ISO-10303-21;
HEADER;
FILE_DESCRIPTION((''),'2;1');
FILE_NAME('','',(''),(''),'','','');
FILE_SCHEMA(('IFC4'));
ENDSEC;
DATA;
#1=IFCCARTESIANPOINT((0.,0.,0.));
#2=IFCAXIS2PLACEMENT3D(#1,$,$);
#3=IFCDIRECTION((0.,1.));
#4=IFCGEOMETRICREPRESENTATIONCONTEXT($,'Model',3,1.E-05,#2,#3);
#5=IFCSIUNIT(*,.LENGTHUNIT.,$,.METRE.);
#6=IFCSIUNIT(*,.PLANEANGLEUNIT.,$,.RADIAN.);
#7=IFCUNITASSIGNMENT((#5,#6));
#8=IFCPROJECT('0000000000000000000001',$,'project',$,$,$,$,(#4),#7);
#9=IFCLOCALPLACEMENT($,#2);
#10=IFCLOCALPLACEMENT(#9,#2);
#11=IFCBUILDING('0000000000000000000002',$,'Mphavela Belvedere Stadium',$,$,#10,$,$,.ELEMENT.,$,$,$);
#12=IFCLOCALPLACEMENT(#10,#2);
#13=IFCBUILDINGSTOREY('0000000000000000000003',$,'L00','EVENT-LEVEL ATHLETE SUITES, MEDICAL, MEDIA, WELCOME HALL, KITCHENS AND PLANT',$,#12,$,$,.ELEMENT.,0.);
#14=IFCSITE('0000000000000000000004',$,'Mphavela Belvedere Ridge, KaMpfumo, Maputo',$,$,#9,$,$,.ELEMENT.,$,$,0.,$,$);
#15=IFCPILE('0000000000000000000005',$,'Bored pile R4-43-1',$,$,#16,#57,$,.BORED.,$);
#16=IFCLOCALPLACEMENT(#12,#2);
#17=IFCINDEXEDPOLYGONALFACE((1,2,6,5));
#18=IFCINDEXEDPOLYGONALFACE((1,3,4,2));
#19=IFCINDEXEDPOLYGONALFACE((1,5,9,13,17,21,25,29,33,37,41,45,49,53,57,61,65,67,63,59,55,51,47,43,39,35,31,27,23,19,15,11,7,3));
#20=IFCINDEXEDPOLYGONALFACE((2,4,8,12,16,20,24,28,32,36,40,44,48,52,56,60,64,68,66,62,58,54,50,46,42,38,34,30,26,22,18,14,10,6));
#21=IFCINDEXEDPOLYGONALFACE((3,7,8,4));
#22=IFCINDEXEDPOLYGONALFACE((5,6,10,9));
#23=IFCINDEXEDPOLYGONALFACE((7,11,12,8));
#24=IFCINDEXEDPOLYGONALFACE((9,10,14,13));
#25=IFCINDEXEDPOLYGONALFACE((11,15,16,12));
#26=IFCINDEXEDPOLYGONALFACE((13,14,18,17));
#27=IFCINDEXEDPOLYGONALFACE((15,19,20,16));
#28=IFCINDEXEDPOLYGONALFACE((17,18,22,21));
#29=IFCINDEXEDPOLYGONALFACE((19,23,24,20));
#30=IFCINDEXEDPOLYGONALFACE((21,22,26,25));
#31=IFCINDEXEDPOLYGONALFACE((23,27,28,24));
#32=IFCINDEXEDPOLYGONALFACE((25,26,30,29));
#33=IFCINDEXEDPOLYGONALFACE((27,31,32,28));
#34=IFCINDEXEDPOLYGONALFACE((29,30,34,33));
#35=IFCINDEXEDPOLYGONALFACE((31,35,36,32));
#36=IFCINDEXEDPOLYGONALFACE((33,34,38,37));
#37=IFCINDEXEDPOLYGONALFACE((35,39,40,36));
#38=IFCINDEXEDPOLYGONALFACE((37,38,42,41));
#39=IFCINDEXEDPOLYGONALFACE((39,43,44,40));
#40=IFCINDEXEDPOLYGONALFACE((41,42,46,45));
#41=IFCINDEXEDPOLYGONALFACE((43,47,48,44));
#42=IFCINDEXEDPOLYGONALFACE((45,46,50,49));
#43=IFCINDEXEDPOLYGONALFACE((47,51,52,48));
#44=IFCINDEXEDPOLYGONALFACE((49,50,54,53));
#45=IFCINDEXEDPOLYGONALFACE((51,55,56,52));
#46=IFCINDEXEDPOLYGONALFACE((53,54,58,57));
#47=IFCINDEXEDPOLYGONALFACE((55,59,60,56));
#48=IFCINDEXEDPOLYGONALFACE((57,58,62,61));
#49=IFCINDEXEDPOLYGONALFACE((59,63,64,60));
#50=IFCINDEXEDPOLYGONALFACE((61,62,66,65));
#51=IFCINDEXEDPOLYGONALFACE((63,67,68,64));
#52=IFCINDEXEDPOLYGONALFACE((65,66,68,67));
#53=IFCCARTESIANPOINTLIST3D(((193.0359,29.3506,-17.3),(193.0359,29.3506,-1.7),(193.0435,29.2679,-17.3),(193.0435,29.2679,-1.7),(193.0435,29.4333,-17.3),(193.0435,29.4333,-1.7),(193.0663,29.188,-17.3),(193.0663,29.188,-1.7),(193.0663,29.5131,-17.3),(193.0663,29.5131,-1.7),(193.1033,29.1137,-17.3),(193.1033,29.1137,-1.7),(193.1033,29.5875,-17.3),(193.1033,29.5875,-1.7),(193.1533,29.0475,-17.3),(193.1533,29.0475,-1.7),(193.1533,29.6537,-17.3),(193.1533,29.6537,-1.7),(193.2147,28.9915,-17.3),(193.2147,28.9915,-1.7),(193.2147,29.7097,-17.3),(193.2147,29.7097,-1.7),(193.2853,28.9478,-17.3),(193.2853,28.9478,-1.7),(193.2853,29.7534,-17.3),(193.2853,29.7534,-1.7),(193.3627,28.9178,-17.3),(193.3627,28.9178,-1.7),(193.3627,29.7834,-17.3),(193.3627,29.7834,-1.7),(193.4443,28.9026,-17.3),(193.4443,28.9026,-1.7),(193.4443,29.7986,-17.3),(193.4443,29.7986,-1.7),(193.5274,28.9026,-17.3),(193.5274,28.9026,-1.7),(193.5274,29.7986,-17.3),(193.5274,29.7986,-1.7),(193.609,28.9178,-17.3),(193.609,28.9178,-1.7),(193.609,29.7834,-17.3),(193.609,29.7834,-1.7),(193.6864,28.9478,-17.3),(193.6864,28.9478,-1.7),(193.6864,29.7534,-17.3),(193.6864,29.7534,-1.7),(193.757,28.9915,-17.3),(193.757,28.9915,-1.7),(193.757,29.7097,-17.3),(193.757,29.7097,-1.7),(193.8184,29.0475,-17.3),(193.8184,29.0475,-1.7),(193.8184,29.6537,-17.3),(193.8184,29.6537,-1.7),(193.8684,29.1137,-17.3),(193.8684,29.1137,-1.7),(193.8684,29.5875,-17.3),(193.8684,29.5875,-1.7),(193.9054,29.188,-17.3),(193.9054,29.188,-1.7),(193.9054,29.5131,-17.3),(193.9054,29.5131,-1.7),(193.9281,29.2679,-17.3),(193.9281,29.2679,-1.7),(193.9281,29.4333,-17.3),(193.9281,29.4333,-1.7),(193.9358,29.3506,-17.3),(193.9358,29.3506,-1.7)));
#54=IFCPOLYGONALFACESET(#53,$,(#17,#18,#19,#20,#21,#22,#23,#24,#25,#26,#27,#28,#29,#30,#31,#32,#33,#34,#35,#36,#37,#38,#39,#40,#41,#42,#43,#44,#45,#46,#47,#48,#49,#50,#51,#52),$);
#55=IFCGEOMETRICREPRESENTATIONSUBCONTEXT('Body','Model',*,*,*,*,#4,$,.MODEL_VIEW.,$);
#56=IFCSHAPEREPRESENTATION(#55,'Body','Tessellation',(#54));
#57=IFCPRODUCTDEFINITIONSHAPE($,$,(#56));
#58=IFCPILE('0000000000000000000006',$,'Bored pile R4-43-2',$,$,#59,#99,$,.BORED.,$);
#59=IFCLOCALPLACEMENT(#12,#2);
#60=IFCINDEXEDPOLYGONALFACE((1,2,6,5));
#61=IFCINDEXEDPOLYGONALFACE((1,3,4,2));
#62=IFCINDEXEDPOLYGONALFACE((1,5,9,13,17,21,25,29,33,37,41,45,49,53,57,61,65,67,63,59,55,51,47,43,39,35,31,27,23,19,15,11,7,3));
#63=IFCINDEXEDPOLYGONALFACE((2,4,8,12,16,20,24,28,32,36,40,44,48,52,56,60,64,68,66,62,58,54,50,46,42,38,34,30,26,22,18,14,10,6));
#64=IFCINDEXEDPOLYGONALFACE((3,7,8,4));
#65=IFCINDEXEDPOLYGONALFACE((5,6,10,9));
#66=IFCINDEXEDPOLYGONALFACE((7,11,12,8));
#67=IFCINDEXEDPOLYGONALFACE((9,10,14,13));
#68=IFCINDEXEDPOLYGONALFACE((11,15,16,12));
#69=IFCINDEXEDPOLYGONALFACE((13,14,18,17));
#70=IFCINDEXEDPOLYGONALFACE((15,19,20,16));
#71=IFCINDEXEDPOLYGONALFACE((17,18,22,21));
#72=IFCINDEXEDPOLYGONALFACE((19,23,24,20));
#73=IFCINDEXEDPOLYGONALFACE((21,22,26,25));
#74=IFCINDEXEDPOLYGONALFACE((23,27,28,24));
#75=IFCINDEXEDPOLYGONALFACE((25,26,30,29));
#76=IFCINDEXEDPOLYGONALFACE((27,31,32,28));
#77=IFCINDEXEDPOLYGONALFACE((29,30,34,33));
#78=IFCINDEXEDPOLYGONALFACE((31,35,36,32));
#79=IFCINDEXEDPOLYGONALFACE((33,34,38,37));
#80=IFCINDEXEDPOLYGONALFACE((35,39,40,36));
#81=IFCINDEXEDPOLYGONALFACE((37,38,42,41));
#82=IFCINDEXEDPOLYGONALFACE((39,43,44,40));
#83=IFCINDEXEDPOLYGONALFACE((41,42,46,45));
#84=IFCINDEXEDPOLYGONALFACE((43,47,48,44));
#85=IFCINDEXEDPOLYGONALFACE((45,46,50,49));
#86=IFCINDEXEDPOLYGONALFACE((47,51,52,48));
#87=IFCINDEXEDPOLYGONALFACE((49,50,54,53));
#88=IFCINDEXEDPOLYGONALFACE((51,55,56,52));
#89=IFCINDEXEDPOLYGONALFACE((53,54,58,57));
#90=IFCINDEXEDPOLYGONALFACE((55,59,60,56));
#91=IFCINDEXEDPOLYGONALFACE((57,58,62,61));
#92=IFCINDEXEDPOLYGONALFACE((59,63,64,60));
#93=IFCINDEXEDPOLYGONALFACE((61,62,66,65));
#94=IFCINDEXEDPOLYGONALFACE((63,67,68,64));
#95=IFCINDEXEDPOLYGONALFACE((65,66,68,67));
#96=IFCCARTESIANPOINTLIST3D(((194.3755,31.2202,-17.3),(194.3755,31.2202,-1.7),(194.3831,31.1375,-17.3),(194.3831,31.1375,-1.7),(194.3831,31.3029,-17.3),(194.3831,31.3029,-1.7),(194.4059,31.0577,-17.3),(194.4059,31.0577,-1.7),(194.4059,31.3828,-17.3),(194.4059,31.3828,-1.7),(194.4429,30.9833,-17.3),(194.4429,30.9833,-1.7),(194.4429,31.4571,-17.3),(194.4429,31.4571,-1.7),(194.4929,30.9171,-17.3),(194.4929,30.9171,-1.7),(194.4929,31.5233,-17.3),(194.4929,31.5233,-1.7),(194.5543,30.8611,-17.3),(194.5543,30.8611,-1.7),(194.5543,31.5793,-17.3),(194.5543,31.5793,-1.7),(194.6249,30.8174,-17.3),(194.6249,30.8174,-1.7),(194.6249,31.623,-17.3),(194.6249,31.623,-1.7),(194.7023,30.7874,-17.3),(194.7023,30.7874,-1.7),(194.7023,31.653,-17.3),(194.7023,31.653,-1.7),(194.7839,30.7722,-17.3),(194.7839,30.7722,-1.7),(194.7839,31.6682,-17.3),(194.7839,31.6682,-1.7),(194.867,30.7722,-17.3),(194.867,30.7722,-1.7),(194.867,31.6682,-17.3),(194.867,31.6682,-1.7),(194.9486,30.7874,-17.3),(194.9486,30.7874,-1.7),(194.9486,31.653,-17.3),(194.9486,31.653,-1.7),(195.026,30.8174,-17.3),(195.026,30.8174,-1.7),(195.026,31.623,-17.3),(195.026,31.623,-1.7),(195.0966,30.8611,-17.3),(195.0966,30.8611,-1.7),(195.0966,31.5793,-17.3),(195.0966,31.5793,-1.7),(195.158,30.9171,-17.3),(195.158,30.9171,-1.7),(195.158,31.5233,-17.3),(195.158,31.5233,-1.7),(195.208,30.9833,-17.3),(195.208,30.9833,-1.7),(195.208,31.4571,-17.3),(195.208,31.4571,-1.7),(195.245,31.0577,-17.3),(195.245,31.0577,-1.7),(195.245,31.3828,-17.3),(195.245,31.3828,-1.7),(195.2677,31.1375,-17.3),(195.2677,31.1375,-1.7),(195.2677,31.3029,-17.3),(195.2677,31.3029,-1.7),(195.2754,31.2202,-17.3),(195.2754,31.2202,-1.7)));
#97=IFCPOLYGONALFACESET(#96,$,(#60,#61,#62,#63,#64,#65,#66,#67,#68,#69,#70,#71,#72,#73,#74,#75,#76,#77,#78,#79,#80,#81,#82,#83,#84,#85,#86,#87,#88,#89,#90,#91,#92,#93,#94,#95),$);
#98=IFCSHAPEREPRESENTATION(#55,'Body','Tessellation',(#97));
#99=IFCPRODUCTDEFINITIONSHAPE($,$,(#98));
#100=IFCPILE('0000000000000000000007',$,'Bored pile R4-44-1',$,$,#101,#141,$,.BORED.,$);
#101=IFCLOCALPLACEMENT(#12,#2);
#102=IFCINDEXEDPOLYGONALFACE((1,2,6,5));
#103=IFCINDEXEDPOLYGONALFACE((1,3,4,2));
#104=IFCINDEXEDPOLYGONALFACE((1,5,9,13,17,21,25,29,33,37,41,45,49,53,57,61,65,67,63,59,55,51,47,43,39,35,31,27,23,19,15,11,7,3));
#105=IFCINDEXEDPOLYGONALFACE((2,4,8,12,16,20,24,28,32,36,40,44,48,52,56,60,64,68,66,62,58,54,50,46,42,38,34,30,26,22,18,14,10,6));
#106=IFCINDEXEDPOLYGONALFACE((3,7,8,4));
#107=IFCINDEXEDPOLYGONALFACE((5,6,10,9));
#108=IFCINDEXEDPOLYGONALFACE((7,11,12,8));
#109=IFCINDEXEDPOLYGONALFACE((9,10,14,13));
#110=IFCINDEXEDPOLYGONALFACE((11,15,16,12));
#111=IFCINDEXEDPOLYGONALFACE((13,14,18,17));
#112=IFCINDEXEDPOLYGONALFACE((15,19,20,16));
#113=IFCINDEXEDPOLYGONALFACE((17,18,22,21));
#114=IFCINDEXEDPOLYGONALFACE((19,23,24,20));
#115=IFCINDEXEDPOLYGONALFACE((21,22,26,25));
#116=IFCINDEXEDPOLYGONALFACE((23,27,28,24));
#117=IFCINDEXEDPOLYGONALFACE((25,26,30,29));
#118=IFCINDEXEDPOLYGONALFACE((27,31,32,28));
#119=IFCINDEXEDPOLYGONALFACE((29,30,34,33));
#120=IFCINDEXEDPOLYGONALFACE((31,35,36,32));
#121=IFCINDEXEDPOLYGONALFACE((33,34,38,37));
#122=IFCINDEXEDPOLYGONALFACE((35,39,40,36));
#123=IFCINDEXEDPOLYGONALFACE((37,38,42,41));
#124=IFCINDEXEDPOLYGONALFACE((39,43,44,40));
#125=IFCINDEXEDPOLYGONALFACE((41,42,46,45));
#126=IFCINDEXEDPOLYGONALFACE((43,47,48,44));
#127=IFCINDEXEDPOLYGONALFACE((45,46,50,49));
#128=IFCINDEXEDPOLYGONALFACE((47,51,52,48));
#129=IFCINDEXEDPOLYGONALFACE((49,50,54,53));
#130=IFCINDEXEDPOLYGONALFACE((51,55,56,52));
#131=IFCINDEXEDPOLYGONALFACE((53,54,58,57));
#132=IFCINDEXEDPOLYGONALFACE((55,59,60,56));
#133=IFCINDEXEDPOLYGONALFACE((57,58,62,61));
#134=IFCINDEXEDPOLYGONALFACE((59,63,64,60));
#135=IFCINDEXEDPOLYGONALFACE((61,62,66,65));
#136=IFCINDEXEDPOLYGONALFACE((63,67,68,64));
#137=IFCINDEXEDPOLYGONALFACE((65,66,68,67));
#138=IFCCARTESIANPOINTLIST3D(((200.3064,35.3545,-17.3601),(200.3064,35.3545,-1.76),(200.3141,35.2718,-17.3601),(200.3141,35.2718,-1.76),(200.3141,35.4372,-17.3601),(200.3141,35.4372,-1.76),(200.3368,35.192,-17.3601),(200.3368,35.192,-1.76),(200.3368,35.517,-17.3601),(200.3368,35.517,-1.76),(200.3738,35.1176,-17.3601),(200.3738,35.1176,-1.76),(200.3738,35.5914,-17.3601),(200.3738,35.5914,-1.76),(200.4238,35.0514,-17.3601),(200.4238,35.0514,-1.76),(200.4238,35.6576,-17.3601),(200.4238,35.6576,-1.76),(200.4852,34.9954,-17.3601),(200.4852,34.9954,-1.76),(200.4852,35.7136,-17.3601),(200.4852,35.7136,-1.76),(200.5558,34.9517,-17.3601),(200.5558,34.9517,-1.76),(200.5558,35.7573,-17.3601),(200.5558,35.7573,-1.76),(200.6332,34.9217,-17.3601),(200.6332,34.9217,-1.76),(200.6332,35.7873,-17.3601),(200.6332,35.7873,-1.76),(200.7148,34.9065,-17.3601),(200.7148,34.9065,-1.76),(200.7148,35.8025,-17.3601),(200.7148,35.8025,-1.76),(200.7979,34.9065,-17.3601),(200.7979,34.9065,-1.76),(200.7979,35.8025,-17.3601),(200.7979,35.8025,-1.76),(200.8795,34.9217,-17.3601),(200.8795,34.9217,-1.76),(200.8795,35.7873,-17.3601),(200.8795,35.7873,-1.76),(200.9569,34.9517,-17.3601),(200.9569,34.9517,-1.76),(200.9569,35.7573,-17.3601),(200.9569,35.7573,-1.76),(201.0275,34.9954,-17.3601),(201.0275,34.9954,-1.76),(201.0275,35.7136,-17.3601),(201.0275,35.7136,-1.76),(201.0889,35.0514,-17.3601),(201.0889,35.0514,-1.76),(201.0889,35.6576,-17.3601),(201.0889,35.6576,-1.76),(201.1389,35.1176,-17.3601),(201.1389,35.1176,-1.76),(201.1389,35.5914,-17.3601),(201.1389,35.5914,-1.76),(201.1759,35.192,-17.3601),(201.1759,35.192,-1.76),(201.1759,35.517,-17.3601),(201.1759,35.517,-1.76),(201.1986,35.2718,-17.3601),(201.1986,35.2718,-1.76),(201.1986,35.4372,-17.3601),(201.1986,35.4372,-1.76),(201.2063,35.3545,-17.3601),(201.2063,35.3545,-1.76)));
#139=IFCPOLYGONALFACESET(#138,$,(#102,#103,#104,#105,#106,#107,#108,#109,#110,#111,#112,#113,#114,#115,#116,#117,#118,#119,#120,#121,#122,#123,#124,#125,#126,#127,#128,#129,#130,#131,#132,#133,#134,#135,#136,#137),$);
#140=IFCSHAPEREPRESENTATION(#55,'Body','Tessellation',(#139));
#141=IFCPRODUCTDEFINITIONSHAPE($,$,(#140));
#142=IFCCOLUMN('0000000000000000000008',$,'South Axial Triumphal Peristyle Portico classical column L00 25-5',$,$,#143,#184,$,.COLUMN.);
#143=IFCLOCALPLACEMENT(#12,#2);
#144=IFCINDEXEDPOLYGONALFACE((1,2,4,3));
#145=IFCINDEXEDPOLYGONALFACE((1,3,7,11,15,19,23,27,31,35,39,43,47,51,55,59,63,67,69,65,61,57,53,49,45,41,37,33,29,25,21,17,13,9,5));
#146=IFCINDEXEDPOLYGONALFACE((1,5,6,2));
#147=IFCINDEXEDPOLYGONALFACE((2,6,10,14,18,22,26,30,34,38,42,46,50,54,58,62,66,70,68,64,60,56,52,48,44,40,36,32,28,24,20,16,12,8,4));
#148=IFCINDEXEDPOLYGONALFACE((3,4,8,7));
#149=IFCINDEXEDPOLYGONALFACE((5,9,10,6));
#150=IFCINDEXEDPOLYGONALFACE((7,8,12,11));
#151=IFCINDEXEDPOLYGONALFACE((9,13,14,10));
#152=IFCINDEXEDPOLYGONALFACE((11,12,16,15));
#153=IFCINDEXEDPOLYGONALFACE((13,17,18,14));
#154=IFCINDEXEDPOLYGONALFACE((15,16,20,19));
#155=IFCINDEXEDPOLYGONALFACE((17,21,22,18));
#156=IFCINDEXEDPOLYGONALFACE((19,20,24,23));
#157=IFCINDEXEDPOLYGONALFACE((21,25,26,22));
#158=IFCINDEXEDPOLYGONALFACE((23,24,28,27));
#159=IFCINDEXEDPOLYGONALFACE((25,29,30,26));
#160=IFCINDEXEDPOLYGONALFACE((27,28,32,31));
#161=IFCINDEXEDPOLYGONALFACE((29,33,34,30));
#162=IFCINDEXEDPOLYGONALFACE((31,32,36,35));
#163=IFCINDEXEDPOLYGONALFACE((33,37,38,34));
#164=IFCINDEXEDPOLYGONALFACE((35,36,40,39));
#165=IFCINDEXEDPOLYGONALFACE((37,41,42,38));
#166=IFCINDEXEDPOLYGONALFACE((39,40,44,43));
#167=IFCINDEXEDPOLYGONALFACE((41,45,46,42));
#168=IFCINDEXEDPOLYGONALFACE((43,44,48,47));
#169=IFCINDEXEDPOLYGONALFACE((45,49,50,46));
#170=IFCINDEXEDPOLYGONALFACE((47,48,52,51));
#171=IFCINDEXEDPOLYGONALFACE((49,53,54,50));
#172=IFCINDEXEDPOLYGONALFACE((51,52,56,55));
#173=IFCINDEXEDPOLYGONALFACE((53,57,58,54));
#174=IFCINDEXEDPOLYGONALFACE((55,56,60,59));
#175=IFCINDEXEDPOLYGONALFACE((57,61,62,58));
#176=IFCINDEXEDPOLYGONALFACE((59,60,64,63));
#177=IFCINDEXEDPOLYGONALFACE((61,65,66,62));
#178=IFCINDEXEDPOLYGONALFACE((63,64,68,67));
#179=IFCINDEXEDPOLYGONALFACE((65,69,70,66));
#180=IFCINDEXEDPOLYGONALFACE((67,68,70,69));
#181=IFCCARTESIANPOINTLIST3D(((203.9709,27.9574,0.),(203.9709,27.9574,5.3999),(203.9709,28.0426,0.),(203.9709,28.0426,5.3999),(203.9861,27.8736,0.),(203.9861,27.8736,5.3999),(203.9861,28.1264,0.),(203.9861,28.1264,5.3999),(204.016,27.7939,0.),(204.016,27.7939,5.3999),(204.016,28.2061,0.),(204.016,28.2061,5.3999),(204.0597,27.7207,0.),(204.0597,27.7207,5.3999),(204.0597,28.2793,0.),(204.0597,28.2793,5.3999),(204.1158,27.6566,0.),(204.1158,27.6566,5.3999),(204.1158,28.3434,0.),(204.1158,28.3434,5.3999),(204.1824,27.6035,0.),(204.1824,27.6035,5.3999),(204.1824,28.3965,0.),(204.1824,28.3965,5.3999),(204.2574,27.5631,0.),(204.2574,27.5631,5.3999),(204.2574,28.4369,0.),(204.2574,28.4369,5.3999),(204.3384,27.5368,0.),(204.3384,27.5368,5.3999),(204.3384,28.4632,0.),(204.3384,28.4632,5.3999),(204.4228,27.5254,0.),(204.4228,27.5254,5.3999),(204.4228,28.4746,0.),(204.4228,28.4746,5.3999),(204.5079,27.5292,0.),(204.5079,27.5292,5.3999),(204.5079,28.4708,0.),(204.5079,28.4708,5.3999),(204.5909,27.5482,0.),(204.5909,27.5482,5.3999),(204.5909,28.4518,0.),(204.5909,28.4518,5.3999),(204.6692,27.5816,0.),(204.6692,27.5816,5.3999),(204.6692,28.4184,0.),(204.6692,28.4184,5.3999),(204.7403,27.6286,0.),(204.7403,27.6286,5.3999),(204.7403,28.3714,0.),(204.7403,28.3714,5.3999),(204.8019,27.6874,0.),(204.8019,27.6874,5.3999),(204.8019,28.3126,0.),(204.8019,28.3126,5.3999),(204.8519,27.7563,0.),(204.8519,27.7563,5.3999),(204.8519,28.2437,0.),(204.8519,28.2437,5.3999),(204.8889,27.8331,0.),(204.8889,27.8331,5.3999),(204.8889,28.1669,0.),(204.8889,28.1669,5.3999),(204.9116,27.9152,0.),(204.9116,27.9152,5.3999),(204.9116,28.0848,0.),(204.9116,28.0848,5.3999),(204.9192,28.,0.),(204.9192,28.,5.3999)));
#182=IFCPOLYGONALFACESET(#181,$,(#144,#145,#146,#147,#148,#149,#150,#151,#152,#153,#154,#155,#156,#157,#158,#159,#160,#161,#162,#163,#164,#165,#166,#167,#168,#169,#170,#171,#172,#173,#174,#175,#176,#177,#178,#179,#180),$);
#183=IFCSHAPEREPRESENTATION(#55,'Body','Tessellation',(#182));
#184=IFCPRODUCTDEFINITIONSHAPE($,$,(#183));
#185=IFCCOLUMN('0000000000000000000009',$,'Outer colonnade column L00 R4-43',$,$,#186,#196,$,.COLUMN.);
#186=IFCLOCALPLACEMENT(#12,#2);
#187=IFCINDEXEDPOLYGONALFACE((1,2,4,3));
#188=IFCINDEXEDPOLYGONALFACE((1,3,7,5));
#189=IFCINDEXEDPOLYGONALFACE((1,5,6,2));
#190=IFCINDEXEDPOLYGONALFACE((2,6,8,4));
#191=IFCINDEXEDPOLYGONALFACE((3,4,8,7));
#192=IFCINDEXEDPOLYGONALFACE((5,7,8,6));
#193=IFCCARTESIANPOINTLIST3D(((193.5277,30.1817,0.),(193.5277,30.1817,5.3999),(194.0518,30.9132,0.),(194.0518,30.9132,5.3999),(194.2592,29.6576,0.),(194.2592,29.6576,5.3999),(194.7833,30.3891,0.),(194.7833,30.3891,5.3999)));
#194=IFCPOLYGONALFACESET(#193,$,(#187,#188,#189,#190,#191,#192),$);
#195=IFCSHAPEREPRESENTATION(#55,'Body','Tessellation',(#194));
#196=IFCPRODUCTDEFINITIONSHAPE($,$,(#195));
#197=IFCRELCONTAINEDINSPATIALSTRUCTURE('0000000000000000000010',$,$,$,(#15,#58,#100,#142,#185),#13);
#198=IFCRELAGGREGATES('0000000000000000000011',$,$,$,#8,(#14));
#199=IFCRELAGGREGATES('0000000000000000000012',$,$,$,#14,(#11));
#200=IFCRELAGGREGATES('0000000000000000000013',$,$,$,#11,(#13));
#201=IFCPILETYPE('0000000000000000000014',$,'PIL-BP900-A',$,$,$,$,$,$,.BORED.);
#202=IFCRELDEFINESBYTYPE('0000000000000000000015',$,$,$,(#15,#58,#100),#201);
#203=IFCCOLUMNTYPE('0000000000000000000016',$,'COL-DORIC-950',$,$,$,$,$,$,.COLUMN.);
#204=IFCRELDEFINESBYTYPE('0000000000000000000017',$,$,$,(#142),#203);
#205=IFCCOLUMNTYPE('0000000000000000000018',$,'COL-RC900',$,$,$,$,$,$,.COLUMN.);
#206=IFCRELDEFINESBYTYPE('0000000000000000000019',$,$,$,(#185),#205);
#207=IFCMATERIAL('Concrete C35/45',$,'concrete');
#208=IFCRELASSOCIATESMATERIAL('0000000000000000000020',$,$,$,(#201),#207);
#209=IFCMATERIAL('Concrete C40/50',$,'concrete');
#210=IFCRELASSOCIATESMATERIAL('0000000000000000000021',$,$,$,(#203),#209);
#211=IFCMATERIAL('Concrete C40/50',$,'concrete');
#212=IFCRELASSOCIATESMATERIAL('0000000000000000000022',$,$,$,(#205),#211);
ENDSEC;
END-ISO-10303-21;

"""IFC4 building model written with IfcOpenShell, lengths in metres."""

from ifc_helpers import new_model, si_unit, direction, frame, origin, origin_2d, place, context, subcontext, project, spatial, rectangle, circle, extrude, material, material_profile, profile_set, type_object, element, save


model = new_model("IFC4")

# Units and contexts
model_context = context("Model", 3, precision=1e-05, world=origin(), true_north=direction((0.0, 1.0)))
body_context = subcontext(model_context, "Body", "Model", "MODEL_VIEW")
ifc_project = project(units=[si_unit("LENGTHUNIT", "METRE"), si_unit("PLANEANGLEUNIT", "RADIAN")], contexts=[model_context])

# Site, building, storey
site_placement = place(None, origin())
site = spatial("IfcSite", under=ifc_project, at=site_placement, Name="Mphavela Belvedere Ridge, KaMpfumo, Maputo", CompositionType="ELEMENT", RefElevation=0.0)
building_placement = place(site_placement, origin())
building = spatial("IfcBuilding", under=site, at=building_placement, Name="Mphavela Belvedere Stadium", CompositionType="ELEMENT")
storey_placement = place(building_placement, origin())
storey = spatial("IfcBuildingStorey", under=building, at=storey_placement, Name="L00", Description="EVENT-LEVEL ATHLETE SUITES, MEDICAL, MEDIA, WELCOME HALL, KITCHENS AND PLANT", CompositionType="ELEMENT", Elevation=0.0)

# Piles
ifc_material_1 = material(Name="Concrete C35/45", Category="concrete")
ifc_material_profile_1 = material_profile(ifc_material_1, circle(Radius=0.45, at=origin_2d()), Name="BP D900")
ifc_profile_set_1 = profile_set([ifc_material_profile_1], Name="Concrete C35/45")
pile_type_1 = type_object("IfcPileType", Name="PIL-BP900-A", PredefinedType="BORED", material=ifc_profile_set_1)
for number, where, z_axis, x_axis, name in (
    (1, (193.4858, 29.3506, -1.7), (0.0, 0.0, -1.0), (1.0, 0.0, 0.0), "Bored pile R4-43-1"),
    (2, (194.8254, 31.2202, -1.7), (0.0, 0.0, -1.0), (1.0, 0.0, 0.0), "Bored pile R4-43-2"),
    (3, (200.7563, 35.3545, -1.76), (0.0, 0.0, -1.0), (1.0, 0.0, 0.0), "Bored pile R4-44-1"),
):
    element("IfcPile", number, at=place(storey_placement, frame(where, z_axis=z_axis, x_axis=x_axis)), inside=storey, type_object=pile_type_1, Name=name, PredefinedType="BORED", context=body_context, shape_type="SweptSolid", body=[
        extrude(circle(Radius=0.45, at=origin_2d()), origin(), (0.0, 0.0, 1.0), 15.6001),
    ])

# Columns
ifc_material_2 = material(Name="Concrete C40/50", Category="concrete")
ifc_material_profile_2 = material_profile(ifc_material_2, circle(Radius=0.4751, at=origin_2d()), Name="COL D950")
ifc_profile_set_2 = profile_set([ifc_material_profile_2], Name="Concrete C40/50")
column_type_1 = type_object("IfcColumnType", Name="COL-DORIC-950", PredefinedType="COLUMN", material=ifc_profile_set_2)
column_1_placement = place(storey_placement, frame((204.4441, 28.0, 0.0), z_axis=(0.0, 0.0, 1.0), x_axis=(1.0, 0.0, 0.0)))
element("IfcColumn", 4, at=column_1_placement, inside=storey, type_object=column_type_1, Name="South Axial Triumphal Peristyle Portico classical column L00 25-5", PredefinedType="COLUMN", context=body_context, shape_type="SweptSolid", body=[
    extrude(circle(Radius=0.4751, at=origin_2d()), origin(), (0.0, 0.0, 1.0), 5.3999),
])
ifc_material_3 = material(Name="Concrete C40/50", Category="concrete")
ifc_material_profile_3 = material_profile(ifc_material_3, rectangle(XDim=0.8999, YDim=0.8999, at=origin_2d()), Name="RC 900x900")
ifc_profile_set_3 = profile_set([ifc_material_profile_3], Name="Concrete C40/50")
column_type_2 = type_object("IfcColumnType", Name="COL-RC900", PredefinedType="COLUMN", material=ifc_profile_set_3)
for number, where, z_axis, x_axis, name in (
    (5, (194.1555, 30.2854, 0.0), (0.0, 0.0, 1.0), (0.812898, -0.582407, 0.0), "Outer colonnade column L00 R4-43"),
):
    element("IfcColumn", number, at=place(storey_placement, frame(where, z_axis=z_axis, x_axis=x_axis)), inside=storey, type_object=column_type_2, Name=name, PredefinedType="COLUMN", context=body_context, shape_type="SweptSolid", body=[
        extrude(rectangle(XDim=0.8999, YDim=0.8999, at=origin_2d()), origin(), (0.0, 0.0, 1.0), 5.3999),
    ])

save(model, "model.ifc")
